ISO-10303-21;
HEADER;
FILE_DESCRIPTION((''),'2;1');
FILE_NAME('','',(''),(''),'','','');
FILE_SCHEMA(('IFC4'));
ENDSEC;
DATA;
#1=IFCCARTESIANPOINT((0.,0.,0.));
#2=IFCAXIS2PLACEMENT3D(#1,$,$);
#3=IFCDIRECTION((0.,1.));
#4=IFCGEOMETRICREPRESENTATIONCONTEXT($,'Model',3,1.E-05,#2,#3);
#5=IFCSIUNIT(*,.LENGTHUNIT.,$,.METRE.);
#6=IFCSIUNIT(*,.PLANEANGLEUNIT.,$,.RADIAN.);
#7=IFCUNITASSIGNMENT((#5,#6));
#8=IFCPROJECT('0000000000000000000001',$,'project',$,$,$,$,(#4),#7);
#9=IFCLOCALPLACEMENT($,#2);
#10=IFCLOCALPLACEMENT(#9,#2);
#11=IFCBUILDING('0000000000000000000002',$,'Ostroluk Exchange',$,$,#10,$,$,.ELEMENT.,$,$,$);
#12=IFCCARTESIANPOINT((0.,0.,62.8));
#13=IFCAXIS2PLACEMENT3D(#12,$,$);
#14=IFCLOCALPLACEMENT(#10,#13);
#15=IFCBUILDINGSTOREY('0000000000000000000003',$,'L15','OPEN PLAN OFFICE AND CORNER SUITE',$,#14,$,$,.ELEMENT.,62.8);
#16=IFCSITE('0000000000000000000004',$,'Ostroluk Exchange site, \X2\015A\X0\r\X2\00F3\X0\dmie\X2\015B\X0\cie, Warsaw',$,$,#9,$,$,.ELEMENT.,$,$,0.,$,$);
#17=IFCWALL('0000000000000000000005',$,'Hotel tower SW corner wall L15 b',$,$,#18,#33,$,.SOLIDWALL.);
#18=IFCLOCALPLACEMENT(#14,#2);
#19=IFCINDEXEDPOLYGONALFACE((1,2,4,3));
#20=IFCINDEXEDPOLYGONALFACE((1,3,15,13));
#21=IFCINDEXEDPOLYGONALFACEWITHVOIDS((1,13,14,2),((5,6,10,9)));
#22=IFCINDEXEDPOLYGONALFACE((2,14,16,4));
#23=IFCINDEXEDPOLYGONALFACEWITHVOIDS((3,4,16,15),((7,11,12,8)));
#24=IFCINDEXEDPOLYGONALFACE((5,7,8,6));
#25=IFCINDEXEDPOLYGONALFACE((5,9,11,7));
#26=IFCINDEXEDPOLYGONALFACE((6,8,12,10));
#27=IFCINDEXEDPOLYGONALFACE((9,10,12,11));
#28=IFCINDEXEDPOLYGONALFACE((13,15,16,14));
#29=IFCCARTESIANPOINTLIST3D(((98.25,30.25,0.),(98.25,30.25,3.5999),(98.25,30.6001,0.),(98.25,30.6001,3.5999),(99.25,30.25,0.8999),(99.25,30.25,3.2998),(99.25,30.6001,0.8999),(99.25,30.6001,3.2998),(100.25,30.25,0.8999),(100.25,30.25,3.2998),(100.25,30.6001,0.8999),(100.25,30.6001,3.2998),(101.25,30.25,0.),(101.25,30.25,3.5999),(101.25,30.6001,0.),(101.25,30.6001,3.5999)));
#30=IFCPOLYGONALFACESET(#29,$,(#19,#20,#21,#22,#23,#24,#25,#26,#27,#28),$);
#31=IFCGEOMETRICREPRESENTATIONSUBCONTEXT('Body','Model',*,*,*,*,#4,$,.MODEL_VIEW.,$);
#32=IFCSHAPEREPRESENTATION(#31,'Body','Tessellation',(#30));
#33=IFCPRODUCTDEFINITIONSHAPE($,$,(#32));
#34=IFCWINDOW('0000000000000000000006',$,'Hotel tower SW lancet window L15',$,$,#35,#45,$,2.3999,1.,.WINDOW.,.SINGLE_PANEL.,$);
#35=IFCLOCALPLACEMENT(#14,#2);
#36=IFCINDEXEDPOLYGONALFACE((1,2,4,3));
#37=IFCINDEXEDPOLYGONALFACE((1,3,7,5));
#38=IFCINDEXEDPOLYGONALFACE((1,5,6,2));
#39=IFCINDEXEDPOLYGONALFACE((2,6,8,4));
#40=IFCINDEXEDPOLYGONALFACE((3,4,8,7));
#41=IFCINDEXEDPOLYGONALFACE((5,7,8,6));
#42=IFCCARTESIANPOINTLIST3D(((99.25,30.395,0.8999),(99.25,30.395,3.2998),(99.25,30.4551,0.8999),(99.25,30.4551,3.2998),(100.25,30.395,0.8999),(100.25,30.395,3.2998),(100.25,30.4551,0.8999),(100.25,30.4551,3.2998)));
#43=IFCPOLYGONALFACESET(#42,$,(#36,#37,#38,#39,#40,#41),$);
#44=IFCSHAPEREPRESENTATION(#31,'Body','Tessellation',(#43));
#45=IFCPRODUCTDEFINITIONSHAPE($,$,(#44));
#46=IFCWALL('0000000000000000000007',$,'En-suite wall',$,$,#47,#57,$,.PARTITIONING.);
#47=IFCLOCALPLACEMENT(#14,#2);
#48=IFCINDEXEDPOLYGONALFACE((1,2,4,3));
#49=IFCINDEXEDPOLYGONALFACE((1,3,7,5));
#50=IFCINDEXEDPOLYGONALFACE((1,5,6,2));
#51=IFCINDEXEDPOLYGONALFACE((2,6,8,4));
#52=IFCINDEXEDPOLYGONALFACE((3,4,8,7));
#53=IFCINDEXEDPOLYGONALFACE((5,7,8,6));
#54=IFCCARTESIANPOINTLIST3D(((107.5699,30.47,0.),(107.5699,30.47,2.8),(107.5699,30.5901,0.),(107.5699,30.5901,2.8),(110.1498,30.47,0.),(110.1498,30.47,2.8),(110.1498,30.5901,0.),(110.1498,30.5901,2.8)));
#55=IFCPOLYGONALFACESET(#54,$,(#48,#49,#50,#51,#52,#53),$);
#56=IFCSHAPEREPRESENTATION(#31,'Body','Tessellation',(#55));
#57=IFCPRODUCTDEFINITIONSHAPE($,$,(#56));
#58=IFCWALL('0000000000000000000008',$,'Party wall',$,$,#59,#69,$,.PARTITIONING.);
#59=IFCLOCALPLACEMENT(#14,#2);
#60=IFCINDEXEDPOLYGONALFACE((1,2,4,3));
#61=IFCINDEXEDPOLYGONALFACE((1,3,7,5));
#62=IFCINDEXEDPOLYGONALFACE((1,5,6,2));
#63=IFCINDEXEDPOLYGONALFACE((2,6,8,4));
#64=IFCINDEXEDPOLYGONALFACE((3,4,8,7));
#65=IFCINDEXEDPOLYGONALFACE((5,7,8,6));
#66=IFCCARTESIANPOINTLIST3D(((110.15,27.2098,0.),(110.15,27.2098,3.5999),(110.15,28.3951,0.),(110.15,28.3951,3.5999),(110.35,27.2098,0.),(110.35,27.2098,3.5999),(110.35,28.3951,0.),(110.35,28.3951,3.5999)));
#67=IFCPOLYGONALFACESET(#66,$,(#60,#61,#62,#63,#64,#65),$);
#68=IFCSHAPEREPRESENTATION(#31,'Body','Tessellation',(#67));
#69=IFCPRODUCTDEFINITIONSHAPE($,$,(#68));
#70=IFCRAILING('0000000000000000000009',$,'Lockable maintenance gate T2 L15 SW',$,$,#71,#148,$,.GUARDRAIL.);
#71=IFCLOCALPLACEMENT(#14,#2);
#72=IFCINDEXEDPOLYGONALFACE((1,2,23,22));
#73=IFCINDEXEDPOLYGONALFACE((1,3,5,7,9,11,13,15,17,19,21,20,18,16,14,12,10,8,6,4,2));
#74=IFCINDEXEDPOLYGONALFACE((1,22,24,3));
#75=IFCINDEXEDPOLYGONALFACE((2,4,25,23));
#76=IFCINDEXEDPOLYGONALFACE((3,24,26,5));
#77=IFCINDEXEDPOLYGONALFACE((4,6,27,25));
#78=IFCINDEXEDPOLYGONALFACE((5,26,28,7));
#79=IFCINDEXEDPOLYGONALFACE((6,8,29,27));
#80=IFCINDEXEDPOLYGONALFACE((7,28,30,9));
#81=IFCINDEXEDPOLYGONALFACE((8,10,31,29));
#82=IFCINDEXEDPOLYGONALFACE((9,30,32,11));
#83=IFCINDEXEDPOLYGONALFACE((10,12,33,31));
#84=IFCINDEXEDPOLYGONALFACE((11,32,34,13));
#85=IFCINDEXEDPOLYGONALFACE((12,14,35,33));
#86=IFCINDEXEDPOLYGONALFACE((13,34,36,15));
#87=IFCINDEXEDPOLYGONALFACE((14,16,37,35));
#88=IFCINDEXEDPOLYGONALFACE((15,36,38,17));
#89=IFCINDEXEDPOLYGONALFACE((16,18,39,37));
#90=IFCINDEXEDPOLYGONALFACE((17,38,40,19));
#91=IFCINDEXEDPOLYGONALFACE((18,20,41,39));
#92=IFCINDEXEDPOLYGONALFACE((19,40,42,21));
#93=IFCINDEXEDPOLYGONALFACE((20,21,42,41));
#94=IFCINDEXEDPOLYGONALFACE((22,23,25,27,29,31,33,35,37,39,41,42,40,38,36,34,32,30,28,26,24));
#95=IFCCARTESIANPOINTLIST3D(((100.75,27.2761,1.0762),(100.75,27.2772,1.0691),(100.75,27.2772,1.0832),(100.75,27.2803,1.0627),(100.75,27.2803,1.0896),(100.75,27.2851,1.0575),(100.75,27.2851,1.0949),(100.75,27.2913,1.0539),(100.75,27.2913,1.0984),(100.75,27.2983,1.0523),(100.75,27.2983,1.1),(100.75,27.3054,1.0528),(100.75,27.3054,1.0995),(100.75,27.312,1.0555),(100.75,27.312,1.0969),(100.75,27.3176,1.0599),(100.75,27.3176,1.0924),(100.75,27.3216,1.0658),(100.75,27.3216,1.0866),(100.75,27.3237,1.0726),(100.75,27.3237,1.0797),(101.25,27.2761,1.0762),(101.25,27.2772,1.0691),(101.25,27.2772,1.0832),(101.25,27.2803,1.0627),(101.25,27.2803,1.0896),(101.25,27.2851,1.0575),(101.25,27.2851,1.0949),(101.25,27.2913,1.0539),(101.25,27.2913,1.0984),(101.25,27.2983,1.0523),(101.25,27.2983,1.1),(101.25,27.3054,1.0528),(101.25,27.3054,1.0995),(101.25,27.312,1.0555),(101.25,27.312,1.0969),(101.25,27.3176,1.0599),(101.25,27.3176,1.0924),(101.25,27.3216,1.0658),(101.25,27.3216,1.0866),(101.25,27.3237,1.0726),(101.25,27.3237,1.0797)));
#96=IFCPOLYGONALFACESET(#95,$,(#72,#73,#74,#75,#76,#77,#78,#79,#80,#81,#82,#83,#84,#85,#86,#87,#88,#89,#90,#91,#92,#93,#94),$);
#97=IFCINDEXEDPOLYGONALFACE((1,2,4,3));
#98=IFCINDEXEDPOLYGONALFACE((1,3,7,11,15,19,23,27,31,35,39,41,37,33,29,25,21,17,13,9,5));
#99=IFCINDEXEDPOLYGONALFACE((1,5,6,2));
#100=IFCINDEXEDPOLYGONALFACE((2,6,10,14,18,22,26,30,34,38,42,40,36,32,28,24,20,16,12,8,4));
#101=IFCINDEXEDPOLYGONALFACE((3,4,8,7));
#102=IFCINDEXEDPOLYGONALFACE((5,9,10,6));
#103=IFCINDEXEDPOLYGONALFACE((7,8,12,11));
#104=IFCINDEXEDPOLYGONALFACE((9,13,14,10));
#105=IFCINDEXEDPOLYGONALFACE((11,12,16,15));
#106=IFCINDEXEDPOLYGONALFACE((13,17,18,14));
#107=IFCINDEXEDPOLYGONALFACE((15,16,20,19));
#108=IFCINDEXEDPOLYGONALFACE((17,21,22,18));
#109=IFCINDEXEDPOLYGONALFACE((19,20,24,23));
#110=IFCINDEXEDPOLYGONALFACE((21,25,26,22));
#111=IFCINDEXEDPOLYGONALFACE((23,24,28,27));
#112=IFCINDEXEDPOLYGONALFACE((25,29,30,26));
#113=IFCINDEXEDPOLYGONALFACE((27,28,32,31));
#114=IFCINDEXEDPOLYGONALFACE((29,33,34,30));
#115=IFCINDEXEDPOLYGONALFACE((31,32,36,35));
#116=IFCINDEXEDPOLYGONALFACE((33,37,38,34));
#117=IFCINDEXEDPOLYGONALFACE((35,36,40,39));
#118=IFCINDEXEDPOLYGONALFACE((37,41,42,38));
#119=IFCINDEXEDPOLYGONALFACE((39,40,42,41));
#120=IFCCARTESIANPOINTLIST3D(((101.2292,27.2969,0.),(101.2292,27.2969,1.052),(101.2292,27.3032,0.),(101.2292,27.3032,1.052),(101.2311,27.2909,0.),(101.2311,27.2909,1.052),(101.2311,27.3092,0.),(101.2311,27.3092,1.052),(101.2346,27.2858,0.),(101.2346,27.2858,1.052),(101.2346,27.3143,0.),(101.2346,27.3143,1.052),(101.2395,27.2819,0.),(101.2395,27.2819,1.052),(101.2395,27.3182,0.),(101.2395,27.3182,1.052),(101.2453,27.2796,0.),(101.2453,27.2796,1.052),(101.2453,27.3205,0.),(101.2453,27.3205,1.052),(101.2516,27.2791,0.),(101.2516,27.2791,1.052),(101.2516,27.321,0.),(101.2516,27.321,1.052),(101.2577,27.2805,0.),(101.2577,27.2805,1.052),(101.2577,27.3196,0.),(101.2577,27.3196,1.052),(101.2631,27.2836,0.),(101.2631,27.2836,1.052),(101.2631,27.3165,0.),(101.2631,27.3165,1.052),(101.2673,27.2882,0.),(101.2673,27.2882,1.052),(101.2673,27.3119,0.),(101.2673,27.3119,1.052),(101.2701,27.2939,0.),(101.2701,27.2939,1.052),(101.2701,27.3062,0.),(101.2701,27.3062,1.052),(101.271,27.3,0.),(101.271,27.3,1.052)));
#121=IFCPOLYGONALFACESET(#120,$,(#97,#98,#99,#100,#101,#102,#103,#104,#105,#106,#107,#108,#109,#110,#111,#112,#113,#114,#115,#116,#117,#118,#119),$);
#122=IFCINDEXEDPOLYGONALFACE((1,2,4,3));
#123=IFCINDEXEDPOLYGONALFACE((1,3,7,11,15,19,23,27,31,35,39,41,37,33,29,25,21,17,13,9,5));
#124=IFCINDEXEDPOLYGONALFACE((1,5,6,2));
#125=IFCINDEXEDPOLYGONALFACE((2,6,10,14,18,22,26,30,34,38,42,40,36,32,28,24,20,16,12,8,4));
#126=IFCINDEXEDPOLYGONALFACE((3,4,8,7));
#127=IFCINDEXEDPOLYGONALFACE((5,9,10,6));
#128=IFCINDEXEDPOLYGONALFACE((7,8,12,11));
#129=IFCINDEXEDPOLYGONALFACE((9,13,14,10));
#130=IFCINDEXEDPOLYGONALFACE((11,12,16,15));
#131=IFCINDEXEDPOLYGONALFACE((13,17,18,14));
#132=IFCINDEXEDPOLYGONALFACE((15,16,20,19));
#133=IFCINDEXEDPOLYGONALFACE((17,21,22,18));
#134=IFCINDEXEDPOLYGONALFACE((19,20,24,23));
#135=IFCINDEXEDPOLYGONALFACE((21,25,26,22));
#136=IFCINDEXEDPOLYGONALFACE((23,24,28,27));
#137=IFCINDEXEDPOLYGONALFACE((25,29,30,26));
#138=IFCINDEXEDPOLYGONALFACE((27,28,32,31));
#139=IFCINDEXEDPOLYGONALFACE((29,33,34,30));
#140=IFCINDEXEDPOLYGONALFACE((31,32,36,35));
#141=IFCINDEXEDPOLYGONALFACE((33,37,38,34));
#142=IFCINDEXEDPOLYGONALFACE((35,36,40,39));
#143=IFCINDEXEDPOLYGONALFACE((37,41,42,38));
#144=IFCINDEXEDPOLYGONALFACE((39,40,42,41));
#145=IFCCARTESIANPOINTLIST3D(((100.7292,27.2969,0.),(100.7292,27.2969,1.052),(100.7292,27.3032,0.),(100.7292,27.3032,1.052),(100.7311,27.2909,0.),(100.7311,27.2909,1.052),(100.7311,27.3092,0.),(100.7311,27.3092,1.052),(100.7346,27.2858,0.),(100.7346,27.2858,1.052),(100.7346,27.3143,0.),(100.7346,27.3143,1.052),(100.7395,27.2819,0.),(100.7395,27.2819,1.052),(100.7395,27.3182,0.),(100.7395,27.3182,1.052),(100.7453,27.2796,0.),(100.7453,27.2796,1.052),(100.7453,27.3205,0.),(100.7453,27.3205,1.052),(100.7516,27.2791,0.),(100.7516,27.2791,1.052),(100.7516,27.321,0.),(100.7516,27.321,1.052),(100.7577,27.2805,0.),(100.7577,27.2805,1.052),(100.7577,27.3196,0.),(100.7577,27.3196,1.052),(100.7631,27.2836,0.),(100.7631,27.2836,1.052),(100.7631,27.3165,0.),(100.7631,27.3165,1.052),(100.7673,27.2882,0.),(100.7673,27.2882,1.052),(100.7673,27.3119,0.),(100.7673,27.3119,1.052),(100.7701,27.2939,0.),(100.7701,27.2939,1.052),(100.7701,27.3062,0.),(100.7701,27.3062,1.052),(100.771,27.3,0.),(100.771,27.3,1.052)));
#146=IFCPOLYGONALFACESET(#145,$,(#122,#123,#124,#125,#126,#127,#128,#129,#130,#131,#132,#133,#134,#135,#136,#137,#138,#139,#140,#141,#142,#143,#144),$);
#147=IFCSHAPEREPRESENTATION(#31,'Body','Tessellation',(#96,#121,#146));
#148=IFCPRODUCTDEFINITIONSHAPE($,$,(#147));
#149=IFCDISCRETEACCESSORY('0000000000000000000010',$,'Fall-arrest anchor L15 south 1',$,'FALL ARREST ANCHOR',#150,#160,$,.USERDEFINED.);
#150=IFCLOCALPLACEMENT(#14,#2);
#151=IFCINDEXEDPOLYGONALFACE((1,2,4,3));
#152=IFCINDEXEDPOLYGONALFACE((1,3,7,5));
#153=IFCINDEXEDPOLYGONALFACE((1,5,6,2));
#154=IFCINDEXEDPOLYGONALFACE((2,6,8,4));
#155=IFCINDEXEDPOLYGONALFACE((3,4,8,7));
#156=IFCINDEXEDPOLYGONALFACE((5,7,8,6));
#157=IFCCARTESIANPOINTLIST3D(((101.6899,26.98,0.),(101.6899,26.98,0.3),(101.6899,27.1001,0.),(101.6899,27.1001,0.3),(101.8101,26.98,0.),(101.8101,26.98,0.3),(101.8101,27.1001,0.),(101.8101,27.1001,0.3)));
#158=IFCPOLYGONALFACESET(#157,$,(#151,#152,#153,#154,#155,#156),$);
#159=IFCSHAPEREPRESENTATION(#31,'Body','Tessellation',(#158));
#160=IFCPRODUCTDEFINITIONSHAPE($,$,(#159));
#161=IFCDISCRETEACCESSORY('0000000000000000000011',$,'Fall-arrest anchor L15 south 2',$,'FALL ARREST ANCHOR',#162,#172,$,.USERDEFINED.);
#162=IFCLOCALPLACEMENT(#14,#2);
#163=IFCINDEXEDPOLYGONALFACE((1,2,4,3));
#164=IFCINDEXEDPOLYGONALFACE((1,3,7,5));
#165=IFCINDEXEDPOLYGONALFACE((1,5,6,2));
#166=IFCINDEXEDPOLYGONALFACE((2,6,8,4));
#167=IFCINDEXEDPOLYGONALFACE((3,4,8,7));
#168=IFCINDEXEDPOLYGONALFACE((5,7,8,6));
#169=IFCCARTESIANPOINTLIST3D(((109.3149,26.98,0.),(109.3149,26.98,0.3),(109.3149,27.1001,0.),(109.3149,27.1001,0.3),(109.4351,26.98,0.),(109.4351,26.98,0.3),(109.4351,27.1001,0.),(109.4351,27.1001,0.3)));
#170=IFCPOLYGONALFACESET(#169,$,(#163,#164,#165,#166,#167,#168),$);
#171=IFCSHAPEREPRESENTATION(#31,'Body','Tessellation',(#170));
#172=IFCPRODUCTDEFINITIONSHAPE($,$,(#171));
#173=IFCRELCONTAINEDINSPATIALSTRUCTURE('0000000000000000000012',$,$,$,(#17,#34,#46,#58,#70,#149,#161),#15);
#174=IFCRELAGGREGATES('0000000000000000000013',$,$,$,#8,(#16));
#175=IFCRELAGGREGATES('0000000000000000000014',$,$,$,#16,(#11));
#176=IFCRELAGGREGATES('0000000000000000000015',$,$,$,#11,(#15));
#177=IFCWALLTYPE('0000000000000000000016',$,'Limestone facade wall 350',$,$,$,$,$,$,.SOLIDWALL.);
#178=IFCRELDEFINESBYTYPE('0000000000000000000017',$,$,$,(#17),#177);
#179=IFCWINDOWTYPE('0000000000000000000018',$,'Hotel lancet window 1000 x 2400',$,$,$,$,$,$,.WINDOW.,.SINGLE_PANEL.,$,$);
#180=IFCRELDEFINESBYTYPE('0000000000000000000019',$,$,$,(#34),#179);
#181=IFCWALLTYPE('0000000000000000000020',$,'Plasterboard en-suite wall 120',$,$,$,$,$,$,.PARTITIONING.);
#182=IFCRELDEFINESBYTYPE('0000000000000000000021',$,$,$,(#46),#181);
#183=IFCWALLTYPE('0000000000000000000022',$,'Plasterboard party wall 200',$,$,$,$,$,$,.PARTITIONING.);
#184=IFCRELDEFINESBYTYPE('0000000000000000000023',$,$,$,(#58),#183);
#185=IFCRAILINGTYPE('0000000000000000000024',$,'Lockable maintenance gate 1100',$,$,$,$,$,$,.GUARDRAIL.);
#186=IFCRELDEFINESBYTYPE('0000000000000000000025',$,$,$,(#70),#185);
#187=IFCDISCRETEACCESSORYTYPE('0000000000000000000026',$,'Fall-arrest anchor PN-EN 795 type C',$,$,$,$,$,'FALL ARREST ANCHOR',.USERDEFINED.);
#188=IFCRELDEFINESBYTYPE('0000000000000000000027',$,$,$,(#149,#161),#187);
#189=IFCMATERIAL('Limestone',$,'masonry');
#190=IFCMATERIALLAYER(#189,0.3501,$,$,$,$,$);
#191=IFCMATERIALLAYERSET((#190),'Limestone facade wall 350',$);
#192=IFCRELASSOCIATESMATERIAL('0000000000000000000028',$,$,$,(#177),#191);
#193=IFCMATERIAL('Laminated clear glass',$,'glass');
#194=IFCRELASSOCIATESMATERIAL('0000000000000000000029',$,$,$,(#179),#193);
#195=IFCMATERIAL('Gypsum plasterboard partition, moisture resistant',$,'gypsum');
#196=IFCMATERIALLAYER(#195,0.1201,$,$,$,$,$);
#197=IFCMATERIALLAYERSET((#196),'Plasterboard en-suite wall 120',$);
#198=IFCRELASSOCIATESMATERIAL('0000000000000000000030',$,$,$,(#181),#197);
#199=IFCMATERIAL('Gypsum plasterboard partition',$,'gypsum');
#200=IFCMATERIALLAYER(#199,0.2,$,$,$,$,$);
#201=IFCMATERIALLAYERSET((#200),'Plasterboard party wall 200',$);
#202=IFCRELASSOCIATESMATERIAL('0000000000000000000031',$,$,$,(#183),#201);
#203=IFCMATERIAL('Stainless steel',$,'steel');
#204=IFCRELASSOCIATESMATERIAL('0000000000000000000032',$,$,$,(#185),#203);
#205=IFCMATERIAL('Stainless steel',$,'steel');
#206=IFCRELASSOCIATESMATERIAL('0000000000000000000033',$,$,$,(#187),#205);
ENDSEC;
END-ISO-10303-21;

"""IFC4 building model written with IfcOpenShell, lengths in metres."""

from ifc_helpers import new_model, si_unit, direction, frame, frame_2d, origin, origin_2d, place, context, subcontext, project, spatial, rectangle, circle, extrude, material, layer, layer_set, type_object, element, fill, save


model = new_model("IFC4")

# Units and contexts
model_context = context("Model", 3, precision=1e-05, world=origin(), true_north=direction((0.0, 1.0)))
body_context = subcontext(model_context, "Body", "Model", "MODEL_VIEW")
ifc_project = project(units=[si_unit("LENGTHUNIT", "METRE"), si_unit("PLANEANGLEUNIT", "RADIAN")], contexts=[model_context])

# Site, building, storey
site_placement = place(None, origin())
site = spatial("IfcSite", under=ifc_project, at=site_placement, Name="Ostroluk Exchange site, Śródmieście, Warsaw", CompositionType="ELEMENT", RefElevation=0.0)
building_placement = place(site_placement, origin())
building = spatial("IfcBuilding", under=site, at=building_placement, Name="Ostroluk Exchange", CompositionType="ELEMENT")
storey_placement = place(building_placement, frame((0.0, 0.0, 62.8)))
storey = spatial("IfcBuildingStorey", under=building, at=storey_placement, Name="L15", Description="OPEN PLAN OFFICE AND CORNER SUITE", CompositionType="ELEMENT", Elevation=62.8)

# Shared definitions
ifc_material_1 = material(Name="Limestone", Category="masonry")
ifc_layer_1 = layer(ifc_material_1, 0.3501)
ifc_layer_set_1 = layer_set([ifc_layer_1], Name="Limestone facade wall 350")
wall_type_1 = type_object("IfcWallType", Name="Limestone facade wall 350", PredefinedType="SOLIDWALL", material=ifc_layer_set_1)

# Wall, opening, window
wall_1_placement = place(storey_placement, frame((101.25, 30.425, 0.0), z_axis=(0.0, 0.0, 1.0), x_axis=(-1.0, 0.0, 0.0)))
wall_1 = element("IfcWall", 1, at=wall_1_placement, inside=storey, type_object=wall_type_1, Name="Hotel tower SW corner wall L15 b", PredefinedType="SOLIDWALL", context=body_context, shape_type="SweptSolid", body=[
    extrude(rectangle(XDim=3.0, YDim=0.3501, at=frame_2d((1.5, 0.0))), origin(), (0.0, 0.0, 1.0), 3.5999),
])
opening_1_placement = place(wall_1_placement, frame((1.0, 0.0, 0.8999)))
opening_1 = element("IfcOpeningElement", 2, at=opening_1_placement, cuts=wall_1, PredefinedType="OPENING", context=body_context, shape_type="SweptSolid", body=[
    extrude(rectangle(XDim=1.0, YDim=2.3999, at=frame_2d((0.5, 1.2))), frame((0.0, 0.1851, 0.0), z_axis=(0.0, -1.0, 0.0), x_axis=(1.0, 0.0, 0.0)), (0.0, 0.0, 1.0), 0.3701),
])
ifc_material_2 = material(Name="Laminated clear glass", Category="glass")
window_type = type_object("IfcWindowType", Name="Hotel lancet window 1000 x 2400", PartitioningType="SINGLE_PANEL", PredefinedType="WINDOW", material=ifc_material_2)
window_placement = place(opening_1_placement, origin())
window = element("IfcWindow", 3, at=window_placement, inside=storey, type_object=window_type, Name="Hotel tower SW lancet window L15", OverallHeight=2.3999, OverallWidth=1.0, PartitioningType="SINGLE_PANEL", PredefinedType="WINDOW", context=body_context, shape_type="SweptSolid", body=[
    extrude(rectangle(XDim=1.0, YDim=2.3999, at=frame_2d((0.5, 1.2))), frame((0.0, 0.03, 0.0), z_axis=(0.0, -1.0, 0.0), x_axis=(1.0, 0.0, 0.0)), (0.0, 0.0, 1.0), 0.0601),
])
fill(opening_1, window)

# Walls
ifc_material_3 = material(Name="Gypsum plasterboard partition, moisture resistant", Category="gypsum")
ifc_layer_2 = layer(ifc_material_3, 0.1201)
ifc_layer_set_2 = layer_set([ifc_layer_2], Name="Plasterboard en-suite wall 120")
wall_type_2 = type_object("IfcWallType", Name="Plasterboard en-suite wall 120", PredefinedType="PARTITIONING", material=ifc_layer_set_2)
wall_2_placement = place(storey_placement, frame((110.1499, 30.53, 0.0), z_axis=(0.0, 0.0, 1.0), x_axis=(-1.0, 0.0, 0.0)))
element("IfcWall", 4, at=wall_2_placement, inside=storey, type_object=wall_type_2, Name="En-suite wall", PredefinedType="PARTITIONING", context=body_context, shape_type="SweptSolid", body=[
    extrude(rectangle(XDim=2.5798, YDim=0.1201, at=frame_2d((1.29, 0.0))), origin(), (0.0, 0.0, 1.0), 2.8),
])
ifc_material_4 = material(Name="Gypsum plasterboard partition", Category="gypsum")
ifc_layer_3 = layer(ifc_material_4, 0.2)
ifc_layer_set_3 = layer_set([ifc_layer_3], Name="Plasterboard party wall 200")
wall_type_3 = type_object("IfcWallType", Name="Plasterboard party wall 200", PredefinedType="PARTITIONING", material=ifc_layer_set_3)
wall_3_placement = place(storey_placement, frame((110.25, 28.3953, 0.0), z_axis=(0.0, 0.0, 1.0), x_axis=(0.0, -1.0, 0.0)))
element("IfcWall", 5, at=wall_3_placement, inside=storey, type_object=wall_type_3, Name="Party wall", PredefinedType="PARTITIONING", context=body_context, shape_type="SweptSolid", body=[
    extrude(rectangle(XDim=1.1853, YDim=0.2, at=frame_2d((0.5928, 0.0))), origin(), (0.0, 0.0, 1.0), 3.5999),
])

# Railing
ifc_material_5 = material(Name="Stainless steel", Category="steel")
railing_type_1 = type_object("IfcRailingType", Name="Lockable maintenance gate 1100", PredefinedType="GUARDRAIL", material=ifc_material_5)
railing_1_placement = place(storey_placement, frame((101.25, 27.3, 0.0)))
element("IfcRailing", 6, at=railing_1_placement, inside=storey, type_object=railing_type_1, Name="Lockable maintenance gate T2 L15 SW", PredefinedType="GUARDRAIL", context=body_context, shape_type="SweptSolid", body=[
    extrude(circle(Radius=0.0239, at=origin_2d()), frame((0.0, 0.0, 1.0762), z_axis=(-1.0, 0.0, 0.0), x_axis=(0.0, -1.0, 0.0)), (0.0, 0.0, 1.0), 0.5),
    extrude(circle(Radius=0.021, at=origin_2d()), origin(), (0.0, 0.0, 1.0), 1.052),
    extrude(circle(Radius=0.021, at=origin_2d()), frame((-0.5, 0.0, 0.0)), (0.0, 0.0, 1.0), 1.052),
])

# Discrete accessories
ifc_material_6 = material(Name="Stainless steel", Category="steel")
discrete_accessory_type = type_object("IfcDiscreteAccessoryType", Name="Fall-arrest anchor PN-EN 795 type C", ElementType="FALL ARREST ANCHOR", PredefinedType="USERDEFINED", material=ifc_material_6)
for number, where, z_axis, x_axis, name in (
    (7, (101.75, 27.04, 0.0), (0.0, 0.0, 1.0), (1.0, 0.0, 0.0), "Fall-arrest anchor L15 south 1"),
    (8, (109.375, 27.04, 0.0), (0.0, 0.0, 1.0), (1.0, 0.0, 0.0), "Fall-arrest anchor L15 south 2"),
):
    element("IfcDiscreteAccessory", number, at=place(storey_placement, frame(where, z_axis=z_axis, x_axis=x_axis)), inside=storey, type_object=discrete_accessory_type, Name=name, ObjectType="FALL ARREST ANCHOR", PredefinedType="USERDEFINED", context=body_context, shape_type="SweptSolid", body=[
        extrude(rectangle(XDim=0.1201, YDim=0.1201, at=origin_2d()), origin(), (0.0, 0.0, 1.0), 0.3),
    ])

save(model, "model.ifc")
